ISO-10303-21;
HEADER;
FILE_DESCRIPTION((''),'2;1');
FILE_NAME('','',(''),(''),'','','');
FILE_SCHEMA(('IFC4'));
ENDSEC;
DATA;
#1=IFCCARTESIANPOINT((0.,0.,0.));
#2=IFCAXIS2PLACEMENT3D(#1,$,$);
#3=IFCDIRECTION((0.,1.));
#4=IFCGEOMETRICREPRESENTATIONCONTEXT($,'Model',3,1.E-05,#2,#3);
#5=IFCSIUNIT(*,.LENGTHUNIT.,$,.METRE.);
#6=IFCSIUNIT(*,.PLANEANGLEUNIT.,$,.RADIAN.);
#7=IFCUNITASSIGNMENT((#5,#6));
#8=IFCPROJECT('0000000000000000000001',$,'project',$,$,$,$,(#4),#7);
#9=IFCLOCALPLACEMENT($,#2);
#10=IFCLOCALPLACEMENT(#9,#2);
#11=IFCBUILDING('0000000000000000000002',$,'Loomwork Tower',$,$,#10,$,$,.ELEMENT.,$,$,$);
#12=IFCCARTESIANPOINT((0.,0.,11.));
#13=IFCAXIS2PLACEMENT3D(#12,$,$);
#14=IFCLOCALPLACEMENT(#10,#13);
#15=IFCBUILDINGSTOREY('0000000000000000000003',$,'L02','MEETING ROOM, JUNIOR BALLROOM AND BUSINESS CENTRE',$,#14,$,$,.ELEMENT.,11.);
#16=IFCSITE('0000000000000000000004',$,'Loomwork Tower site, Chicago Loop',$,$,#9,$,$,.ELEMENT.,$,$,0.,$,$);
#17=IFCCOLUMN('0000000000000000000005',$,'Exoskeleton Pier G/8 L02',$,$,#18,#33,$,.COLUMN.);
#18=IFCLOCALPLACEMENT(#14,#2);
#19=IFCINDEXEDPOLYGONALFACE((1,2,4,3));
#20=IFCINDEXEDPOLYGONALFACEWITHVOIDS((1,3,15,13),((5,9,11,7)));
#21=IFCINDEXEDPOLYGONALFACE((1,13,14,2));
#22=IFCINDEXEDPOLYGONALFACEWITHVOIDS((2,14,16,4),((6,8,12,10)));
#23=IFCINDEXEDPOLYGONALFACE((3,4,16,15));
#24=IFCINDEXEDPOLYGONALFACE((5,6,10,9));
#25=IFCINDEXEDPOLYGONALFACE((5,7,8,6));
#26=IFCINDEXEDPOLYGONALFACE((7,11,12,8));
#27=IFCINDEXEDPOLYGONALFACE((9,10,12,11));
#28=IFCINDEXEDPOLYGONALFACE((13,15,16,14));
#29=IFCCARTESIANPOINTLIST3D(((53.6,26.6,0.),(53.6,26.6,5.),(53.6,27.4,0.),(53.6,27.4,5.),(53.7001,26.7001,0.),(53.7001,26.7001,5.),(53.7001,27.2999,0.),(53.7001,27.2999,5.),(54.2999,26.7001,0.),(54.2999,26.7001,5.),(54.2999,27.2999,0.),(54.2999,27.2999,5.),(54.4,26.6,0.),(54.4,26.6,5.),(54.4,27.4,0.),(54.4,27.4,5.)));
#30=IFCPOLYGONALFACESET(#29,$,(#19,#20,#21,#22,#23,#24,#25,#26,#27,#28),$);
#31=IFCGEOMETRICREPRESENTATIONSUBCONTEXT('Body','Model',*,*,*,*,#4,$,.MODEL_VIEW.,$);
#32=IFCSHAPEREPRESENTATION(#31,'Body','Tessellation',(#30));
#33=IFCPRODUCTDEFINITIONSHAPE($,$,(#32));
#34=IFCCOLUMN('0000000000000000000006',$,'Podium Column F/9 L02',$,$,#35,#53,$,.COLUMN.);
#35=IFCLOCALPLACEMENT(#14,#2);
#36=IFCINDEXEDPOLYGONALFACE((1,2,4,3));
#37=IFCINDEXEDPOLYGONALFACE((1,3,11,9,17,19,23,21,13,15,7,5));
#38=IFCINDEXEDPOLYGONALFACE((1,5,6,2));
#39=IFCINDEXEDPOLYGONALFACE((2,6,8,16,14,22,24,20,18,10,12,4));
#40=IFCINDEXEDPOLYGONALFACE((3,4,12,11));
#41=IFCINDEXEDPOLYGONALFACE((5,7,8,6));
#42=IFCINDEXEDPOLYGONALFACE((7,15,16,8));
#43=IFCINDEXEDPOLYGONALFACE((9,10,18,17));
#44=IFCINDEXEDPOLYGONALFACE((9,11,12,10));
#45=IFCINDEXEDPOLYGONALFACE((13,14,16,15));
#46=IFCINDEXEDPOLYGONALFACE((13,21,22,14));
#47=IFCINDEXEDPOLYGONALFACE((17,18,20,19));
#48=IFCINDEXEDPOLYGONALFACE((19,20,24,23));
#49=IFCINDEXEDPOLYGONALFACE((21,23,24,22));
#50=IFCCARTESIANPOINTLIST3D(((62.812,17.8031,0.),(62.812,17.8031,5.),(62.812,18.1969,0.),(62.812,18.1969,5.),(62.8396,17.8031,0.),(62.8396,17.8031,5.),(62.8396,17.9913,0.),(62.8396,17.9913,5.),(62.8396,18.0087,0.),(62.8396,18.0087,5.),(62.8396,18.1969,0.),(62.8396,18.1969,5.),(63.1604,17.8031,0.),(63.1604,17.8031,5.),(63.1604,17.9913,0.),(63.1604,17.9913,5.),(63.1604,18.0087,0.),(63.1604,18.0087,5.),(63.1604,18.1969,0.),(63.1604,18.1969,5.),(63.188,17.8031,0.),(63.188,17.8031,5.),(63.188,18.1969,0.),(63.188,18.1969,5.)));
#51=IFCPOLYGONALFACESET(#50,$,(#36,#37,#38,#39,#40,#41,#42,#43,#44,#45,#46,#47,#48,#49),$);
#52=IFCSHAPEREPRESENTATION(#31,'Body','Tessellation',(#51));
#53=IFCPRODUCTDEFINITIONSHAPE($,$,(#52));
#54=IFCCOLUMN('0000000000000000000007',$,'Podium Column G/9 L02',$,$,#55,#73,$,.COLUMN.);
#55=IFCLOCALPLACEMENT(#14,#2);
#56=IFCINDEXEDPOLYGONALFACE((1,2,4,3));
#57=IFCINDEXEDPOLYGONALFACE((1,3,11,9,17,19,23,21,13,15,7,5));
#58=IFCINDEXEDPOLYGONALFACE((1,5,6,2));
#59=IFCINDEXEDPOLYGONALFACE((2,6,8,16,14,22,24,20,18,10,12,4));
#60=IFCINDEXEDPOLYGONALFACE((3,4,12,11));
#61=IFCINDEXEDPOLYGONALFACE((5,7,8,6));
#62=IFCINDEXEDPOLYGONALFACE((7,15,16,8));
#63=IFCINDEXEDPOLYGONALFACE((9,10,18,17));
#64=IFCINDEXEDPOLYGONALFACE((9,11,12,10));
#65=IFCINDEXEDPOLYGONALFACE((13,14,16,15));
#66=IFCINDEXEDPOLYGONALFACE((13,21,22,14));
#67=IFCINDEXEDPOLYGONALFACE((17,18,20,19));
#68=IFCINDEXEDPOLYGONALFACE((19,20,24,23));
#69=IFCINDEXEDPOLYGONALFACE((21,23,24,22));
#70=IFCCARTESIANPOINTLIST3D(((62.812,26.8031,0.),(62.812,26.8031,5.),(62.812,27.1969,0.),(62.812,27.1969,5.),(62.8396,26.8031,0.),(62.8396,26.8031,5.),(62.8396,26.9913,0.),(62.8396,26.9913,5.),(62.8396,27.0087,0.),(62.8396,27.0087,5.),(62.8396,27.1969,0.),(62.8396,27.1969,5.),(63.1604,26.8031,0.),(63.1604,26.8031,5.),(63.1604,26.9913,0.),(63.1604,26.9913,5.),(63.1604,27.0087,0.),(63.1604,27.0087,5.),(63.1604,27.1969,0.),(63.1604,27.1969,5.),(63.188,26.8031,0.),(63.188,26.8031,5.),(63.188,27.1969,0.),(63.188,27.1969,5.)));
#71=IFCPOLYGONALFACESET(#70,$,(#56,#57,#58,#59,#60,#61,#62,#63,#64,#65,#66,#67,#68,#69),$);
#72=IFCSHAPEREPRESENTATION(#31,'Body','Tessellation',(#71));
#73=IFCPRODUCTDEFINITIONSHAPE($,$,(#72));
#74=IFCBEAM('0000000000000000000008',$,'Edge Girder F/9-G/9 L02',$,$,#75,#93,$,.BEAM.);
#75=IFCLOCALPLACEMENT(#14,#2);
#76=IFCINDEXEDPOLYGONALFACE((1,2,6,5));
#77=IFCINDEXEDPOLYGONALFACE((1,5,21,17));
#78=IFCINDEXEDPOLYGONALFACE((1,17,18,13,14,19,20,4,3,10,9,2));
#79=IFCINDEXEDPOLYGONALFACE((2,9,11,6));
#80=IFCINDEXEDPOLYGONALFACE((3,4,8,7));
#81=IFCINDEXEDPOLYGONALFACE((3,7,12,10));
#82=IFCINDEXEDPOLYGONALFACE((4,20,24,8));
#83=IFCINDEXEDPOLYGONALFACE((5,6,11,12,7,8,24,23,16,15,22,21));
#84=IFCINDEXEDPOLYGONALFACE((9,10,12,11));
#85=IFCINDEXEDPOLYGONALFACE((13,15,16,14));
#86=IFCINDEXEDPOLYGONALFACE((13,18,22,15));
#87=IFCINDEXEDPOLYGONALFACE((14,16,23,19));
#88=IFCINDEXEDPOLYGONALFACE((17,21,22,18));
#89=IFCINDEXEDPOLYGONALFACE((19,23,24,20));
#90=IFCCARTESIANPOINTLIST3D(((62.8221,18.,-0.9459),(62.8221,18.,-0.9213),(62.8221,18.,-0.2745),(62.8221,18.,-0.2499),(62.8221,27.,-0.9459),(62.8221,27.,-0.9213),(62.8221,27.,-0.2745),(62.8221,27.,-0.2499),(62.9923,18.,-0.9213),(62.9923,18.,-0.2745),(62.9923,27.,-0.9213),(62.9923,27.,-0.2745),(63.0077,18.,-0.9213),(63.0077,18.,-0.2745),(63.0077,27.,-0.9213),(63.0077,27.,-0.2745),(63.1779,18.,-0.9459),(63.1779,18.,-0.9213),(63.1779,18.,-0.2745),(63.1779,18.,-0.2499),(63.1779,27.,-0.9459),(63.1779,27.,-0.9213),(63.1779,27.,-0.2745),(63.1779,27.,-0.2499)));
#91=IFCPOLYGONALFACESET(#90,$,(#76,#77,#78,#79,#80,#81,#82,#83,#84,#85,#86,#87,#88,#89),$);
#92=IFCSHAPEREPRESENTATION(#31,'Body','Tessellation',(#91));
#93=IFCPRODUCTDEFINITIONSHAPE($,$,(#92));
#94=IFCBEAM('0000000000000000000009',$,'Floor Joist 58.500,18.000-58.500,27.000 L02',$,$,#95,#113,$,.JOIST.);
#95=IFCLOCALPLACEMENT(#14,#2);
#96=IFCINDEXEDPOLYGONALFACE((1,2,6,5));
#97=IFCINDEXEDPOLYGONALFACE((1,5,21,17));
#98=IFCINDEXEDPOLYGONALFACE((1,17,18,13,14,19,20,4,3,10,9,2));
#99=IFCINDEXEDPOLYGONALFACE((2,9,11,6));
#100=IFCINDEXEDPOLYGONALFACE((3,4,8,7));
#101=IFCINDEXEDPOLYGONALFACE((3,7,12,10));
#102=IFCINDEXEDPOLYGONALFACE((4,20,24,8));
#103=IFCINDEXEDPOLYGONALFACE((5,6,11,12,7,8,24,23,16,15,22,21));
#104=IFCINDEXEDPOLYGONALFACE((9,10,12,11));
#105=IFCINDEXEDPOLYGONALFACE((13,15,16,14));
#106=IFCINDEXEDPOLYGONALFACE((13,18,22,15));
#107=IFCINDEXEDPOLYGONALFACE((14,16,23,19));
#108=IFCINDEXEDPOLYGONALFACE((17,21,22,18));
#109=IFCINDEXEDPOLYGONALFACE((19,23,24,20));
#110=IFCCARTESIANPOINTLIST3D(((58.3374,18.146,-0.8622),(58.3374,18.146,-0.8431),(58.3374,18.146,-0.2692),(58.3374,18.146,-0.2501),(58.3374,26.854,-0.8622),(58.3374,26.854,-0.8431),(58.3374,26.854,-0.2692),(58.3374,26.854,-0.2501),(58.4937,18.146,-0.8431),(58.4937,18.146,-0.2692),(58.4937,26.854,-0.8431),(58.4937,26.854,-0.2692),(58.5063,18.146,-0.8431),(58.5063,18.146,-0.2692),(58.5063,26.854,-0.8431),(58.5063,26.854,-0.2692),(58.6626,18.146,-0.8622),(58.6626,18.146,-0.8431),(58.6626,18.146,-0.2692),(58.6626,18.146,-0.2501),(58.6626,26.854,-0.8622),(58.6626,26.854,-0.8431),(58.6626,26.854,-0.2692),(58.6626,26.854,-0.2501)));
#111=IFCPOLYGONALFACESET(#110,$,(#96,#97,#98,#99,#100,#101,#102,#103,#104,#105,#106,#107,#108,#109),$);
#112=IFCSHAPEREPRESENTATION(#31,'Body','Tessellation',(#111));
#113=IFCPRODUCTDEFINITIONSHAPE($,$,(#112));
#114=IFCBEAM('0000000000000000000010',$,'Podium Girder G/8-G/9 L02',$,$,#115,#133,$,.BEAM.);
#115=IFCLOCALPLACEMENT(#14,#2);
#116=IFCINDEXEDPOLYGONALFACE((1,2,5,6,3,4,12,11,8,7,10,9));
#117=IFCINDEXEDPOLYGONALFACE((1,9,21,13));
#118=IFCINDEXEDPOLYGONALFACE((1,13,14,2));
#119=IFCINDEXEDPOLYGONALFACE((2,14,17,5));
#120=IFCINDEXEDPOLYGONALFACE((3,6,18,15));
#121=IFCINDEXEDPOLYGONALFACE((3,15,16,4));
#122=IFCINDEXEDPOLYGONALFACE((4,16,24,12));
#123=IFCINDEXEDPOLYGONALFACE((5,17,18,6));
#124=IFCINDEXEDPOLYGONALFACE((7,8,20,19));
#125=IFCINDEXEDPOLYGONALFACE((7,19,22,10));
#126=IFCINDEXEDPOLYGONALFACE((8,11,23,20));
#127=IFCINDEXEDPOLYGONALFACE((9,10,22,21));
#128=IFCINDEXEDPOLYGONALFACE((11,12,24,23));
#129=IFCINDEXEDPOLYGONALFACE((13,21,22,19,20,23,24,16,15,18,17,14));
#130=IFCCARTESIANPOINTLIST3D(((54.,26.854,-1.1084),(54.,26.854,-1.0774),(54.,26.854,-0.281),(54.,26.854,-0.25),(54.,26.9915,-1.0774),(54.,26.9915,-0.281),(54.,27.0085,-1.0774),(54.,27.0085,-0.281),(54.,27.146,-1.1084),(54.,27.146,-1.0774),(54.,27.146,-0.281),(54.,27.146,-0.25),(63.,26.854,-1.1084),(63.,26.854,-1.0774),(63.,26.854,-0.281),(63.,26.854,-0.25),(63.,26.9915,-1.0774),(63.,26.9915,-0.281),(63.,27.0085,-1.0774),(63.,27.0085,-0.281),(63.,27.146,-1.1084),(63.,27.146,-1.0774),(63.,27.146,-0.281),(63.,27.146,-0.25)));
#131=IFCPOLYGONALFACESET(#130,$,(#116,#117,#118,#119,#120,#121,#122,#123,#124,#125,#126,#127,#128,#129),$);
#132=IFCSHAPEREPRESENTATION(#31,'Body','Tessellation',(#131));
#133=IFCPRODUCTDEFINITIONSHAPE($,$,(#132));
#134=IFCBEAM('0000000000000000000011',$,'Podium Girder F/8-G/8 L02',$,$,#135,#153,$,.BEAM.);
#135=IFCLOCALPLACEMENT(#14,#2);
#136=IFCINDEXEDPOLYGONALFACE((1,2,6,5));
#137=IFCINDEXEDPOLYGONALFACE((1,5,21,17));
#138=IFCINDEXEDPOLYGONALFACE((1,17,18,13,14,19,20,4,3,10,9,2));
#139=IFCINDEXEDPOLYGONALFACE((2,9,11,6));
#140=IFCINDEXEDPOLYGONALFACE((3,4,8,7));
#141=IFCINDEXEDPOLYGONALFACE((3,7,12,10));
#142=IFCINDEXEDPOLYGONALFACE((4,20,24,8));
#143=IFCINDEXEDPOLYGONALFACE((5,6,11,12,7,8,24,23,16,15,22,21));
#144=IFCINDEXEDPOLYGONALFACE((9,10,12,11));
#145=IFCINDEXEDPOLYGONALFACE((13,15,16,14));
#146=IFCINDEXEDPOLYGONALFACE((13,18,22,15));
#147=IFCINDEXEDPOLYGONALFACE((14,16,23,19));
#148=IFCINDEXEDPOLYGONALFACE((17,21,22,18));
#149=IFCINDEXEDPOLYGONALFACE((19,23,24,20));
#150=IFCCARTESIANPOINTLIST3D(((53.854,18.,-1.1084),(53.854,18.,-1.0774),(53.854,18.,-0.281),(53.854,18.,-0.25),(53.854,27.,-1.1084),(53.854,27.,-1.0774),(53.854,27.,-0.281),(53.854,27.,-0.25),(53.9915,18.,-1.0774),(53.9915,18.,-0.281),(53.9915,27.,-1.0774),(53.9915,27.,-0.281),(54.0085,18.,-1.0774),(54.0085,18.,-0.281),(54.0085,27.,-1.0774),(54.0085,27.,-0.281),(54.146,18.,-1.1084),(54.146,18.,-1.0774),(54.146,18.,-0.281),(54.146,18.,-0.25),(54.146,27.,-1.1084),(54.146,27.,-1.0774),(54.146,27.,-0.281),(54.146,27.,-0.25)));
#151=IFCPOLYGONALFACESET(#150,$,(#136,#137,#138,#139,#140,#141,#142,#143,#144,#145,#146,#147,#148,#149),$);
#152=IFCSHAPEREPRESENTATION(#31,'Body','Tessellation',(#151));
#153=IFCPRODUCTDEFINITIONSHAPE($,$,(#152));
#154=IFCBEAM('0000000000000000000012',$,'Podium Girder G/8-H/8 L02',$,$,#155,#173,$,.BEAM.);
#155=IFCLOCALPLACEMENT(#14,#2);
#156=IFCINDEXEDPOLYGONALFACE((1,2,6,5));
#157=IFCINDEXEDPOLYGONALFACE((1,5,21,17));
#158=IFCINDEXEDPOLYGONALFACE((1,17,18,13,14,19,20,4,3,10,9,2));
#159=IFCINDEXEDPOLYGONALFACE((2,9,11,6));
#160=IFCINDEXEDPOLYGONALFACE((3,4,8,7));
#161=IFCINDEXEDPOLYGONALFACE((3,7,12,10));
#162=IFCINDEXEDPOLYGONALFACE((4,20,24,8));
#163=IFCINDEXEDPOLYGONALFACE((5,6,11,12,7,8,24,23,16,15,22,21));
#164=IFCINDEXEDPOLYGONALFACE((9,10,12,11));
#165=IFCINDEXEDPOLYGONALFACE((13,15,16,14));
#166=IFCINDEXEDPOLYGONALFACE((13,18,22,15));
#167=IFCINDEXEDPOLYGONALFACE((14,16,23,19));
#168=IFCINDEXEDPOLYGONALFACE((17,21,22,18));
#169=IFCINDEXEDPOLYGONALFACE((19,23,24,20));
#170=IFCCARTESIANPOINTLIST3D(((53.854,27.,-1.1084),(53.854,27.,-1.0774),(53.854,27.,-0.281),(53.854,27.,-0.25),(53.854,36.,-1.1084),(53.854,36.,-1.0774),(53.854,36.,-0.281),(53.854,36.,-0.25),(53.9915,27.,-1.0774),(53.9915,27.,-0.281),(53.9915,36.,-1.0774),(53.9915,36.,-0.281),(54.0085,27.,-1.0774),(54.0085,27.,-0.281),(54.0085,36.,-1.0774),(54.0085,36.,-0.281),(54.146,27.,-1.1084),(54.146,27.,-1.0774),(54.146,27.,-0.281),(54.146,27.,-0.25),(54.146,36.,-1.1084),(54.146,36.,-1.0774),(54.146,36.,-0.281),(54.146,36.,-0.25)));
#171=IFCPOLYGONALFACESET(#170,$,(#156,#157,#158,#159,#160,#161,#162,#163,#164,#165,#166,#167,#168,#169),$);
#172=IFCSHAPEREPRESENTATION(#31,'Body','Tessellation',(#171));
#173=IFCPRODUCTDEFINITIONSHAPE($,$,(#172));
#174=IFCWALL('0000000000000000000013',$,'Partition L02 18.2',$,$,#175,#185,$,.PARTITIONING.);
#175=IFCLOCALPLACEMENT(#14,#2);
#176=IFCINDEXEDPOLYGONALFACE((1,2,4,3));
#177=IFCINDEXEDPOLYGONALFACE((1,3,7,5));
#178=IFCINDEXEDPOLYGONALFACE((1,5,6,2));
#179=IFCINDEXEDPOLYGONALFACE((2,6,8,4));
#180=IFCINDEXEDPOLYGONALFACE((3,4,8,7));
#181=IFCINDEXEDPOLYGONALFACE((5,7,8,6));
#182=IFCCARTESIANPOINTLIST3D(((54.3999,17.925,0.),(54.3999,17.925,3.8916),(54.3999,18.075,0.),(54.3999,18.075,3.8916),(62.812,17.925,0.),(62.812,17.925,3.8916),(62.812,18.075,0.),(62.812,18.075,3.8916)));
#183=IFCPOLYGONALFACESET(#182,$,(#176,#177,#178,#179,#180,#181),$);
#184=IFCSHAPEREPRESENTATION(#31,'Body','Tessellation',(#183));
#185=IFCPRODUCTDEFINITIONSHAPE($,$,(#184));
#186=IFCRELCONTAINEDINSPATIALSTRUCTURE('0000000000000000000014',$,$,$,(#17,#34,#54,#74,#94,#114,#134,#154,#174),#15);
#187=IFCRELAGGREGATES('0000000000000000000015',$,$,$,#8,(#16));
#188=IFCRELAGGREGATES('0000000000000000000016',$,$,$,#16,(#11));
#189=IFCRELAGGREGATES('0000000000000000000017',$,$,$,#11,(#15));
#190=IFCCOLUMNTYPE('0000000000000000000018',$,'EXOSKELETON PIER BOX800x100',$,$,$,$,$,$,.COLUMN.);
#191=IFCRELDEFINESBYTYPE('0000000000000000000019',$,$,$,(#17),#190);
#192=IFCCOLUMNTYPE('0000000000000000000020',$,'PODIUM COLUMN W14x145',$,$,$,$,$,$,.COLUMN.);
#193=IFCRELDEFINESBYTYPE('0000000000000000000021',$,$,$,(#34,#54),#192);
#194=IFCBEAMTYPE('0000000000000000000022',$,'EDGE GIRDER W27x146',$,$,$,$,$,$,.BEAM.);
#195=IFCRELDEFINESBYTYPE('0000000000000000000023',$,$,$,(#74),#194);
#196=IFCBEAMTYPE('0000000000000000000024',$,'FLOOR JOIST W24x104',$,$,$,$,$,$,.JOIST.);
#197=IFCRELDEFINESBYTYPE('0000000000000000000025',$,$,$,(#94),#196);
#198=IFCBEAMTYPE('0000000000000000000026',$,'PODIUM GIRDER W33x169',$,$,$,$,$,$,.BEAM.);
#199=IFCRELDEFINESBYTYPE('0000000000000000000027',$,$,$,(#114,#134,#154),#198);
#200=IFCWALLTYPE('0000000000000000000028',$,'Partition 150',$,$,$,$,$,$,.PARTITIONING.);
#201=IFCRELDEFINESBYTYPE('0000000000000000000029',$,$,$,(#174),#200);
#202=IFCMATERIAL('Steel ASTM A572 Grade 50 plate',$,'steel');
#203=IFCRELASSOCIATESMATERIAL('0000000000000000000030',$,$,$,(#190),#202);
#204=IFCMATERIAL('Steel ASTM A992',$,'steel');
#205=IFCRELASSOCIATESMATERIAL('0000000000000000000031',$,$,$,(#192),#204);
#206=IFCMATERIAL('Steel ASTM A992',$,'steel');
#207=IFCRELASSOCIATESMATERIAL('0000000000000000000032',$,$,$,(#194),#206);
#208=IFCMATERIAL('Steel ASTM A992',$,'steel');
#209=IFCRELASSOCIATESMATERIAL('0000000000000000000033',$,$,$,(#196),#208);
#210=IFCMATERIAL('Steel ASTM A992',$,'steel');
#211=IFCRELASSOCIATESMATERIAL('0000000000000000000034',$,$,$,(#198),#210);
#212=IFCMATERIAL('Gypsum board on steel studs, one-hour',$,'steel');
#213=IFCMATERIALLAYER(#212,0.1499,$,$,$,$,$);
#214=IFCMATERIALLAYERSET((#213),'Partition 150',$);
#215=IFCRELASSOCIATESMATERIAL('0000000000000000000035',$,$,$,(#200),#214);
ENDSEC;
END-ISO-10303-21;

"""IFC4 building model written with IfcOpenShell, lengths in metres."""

from ifc_helpers import new_model, si_unit, direction, frame, frame_2d, origin, origin_2d, place, context, subcontext, project, spatial, rectangle, hollow_rectangle, i_section, extrude, material, layer, layer_set, material_profile, profile_set, type_object, element, save


model = new_model("IFC4")

# Units and contexts
model_context = context("Model", 3, precision=1e-05, world=origin(), true_north=direction((0.0, 1.0)))
body_context = subcontext(model_context, "Body", "Model", "MODEL_VIEW")
ifc_project = project(units=[si_unit("LENGTHUNIT", "METRE"), si_unit("PLANEANGLEUNIT", "RADIAN")], contexts=[model_context])

# Site, building, storey
site_placement = place(None, origin())
site = spatial("IfcSite", under=ifc_project, at=site_placement, Name="Loomwork Tower site, Chicago Loop", CompositionType="ELEMENT", RefElevation=0.0)
building_placement = place(site_placement, origin())
building = spatial("IfcBuilding", under=site, at=building_placement, Name="Loomwork Tower", CompositionType="ELEMENT")
storey_placement = place(building_placement, frame((0.0, 0.0, 11.0)))
storey = spatial("IfcBuildingStorey", under=building, at=storey_placement, Name="L02", Description="MEETING ROOM, JUNIOR BALLROOM AND BUSINESS CENTRE", CompositionType="ELEMENT", Elevation=11.0)

# Columns
ifc_material_1 = material(Name="Steel ASTM A572 Grade 50 plate", Category="steel")
ifc_material_profile_1 = material_profile(ifc_material_1, hollow_rectangle(XDim=0.8, YDim=0.8, WallThickness=0.1001, at=origin_2d()), Name="BOX800x100")
ifc_profile_set_1 = profile_set([ifc_material_profile_1], Name="Steel ASTM A572 Grade 50 plate")
column_type_1 = type_object("IfcColumnType", Name="EXOSKELETON PIER BOX800x100", PredefinedType="COLUMN", material=ifc_profile_set_1)
column_placement = place(storey_placement, frame((54.0, 27.0, 0.0), z_axis=(0.0, 0.0, 1.0), x_axis=(0.0, 1.0, 0.0)))
element("IfcColumn", 1, at=column_placement, inside=storey, type_object=column_type_1, Name="Exoskeleton Pier G/8 L02", PredefinedType="COLUMN", context=body_context, shape_type="SweptSolid", body=[
    extrude(hollow_rectangle(XDim=0.8, YDim=0.8, WallThickness=0.1001, at=origin_2d()), origin(), (0.0, 0.0, 1.0), 5.0),
])
ifc_material_2 = material(Name="Steel ASTM A992", Category="steel")
ifc_material_profile_2 = material_profile(ifc_material_2, i_section(OverallWidth=0.3938, OverallDepth=0.376, WebThickness=0.0173, FlangeThickness=0.0276, at=origin_2d()), Name="W14x145")
ifc_profile_set_2 = profile_set([ifc_material_profile_2], Name="Steel ASTM A992")
column_type_2 = type_object("IfcColumnType", Name="PODIUM COLUMN W14x145", PredefinedType="COLUMN", material=ifc_profile_set_2)
for number, where, z_axis, x_axis, name in (
    (2, (63.0, 18.0, 0.0), (0.0, 0.0, 1.0), (0.0, 1.0, 0.0), "Podium Column F/9 L02"),
    (3, (63.0, 27.0, 0.0), (0.0, 0.0, 1.0), (0.0, 1.0, 0.0), "Podium Column G/9 L02"),
):
    element("IfcColumn", number, at=place(storey_placement, frame(where, z_axis=z_axis, x_axis=x_axis)), inside=storey, type_object=column_type_2, Name=name, PredefinedType="COLUMN", context=body_context, shape_type="SweptSolid", body=[
        extrude(i_section(OverallWidth=0.3938, OverallDepth=0.376, WebThickness=0.0173, FlangeThickness=0.0276, at=origin_2d()), origin(), (0.0, 0.0, 1.0), 5.0),
    ])

# Beams
ifc_material_3 = material(Name="Steel ASTM A992", Category="steel")
ifc_material_profile_3 = material_profile(ifc_material_3, i_section(OverallWidth=0.3557, OverallDepth=0.696, WebThickness=0.0154, FlangeThickness=0.0247, at=origin_2d()), Name="W27x146")
ifc_profile_set_3 = profile_set([ifc_material_profile_3], Name="Steel ASTM A992")
beam_type_1 = type_object("IfcBeamType", Name="EDGE GIRDER W27x146", PredefinedType="BEAM", material=ifc_profile_set_3)
beam_1_placement = place(storey_placement, frame((63.0, 18.0, -0.5979), z_axis=(0.0, 1.0, 0.0), x_axis=(-1.0, 0.0, 0.0)))
element("IfcBeam", 4, at=beam_1_placement, inside=storey, type_object=beam_type_1, Name="Edge Girder F/9-G/9 L02", PredefinedType="BEAM", context=body_context, shape_type="SweptSolid", body=[
    extrude(i_section(OverallWidth=0.3557, OverallDepth=0.696, WebThickness=0.0154, FlangeThickness=0.0247, at=origin_2d()), origin(), (0.0, 0.0, 1.0), 9.0),
])
ifc_material_4 = material(Name="Steel ASTM A992", Category="steel")
ifc_material_profile_4 = material_profile(ifc_material_4, i_section(OverallWidth=0.3252, OverallDepth=0.6121, WebThickness=0.0127, FlangeThickness=0.019, at=origin_2d()), Name="W24x104")
ifc_profile_set_4 = profile_set([ifc_material_profile_4], Name="Steel ASTM A992")
beam_type_2 = type_object("IfcBeamType", Name="FLOOR JOIST W24x104", PredefinedType="JOIST", material=ifc_profile_set_4)
beam_2_placement = place(storey_placement, frame((58.5, 18.146, -0.5562), z_axis=(0.0, 1.0, 0.0), x_axis=(-1.0, 0.0, 0.0)))
element("IfcBeam", 5, at=beam_2_placement, inside=storey, type_object=beam_type_2, Name="Floor Joist 58.500,18.000-58.500,27.000 L02", PredefinedType="JOIST", context=body_context, shape_type="SweptSolid", body=[
    extrude(i_section(OverallWidth=0.3252, OverallDepth=0.6121, WebThickness=0.0127, FlangeThickness=0.019, at=origin_2d()), origin(), (0.0, 0.0, 1.0), 8.708),
])
ifc_material_5 = material(Name="Steel ASTM A992", Category="steel")
ifc_material_profile_5 = material_profile(ifc_material_5, i_section(OverallWidth=0.292, OverallDepth=0.8584, WebThickness=0.0171, FlangeThickness=0.031, at=origin_2d()), Name="W33x169")
ifc_profile_set_5 = profile_set([ifc_material_profile_5], Name="Steel ASTM A992")
beam_type_3 = type_object("IfcBeamType", Name="PODIUM GIRDER W33x169", PredefinedType="BEAM", material=ifc_profile_set_5)
for number, where, z_axis, x_axis, name in (
    (6, (54.0, 27.0, -0.6792), (1.0, 0.0, 0.0), (0.0, 1.0, 0.0), "Podium Girder G/8-G/9 L02"),
    (7, (54.0, 18.0, -0.6792), (0.0, 1.0, 0.0), (-1.0, 0.0, 0.0), "Podium Girder F/8-G/8 L02"),
    (8, (54.0, 27.0, -0.6792), (0.0, 1.0, 0.0), (-1.0, 0.0, 0.0), "Podium Girder G/8-H/8 L02"),
):
    element("IfcBeam", number, at=place(storey_placement, frame(where, z_axis=z_axis, x_axis=x_axis)), inside=storey, type_object=beam_type_3, Name=name, PredefinedType="BEAM", context=body_context, shape_type="SweptSolid", body=[
        extrude(i_section(OverallWidth=0.292, OverallDepth=0.8584, WebThickness=0.0171, FlangeThickness=0.031, at=origin_2d()), origin(), (0.0, 0.0, 1.0), 9.0),
    ])

# Wall
ifc_material_6 = material(Name="Gypsum board on steel studs, one-hour", Category="steel")
ifc_layer_1 = layer(ifc_material_6, 0.1499)
ifc_layer_set_1 = layer_set([ifc_layer_1], Name="Partition 150")
wall_type = type_object("IfcWallType", Name="Partition 150", PredefinedType="PARTITIONING", material=ifc_layer_set_1)
for number, where, z_axis, x_axis, name in (
    (9, (54.3999, 18.0, 0.0), (0.0, 0.0, 1.0), (1.0, 0.0, 0.0), "Partition L02 18.2"),
):
    element("IfcWall", number, at=place(storey_placement, frame(where, z_axis=z_axis, x_axis=x_axis)), inside=storey, type_object=wall_type, Name=name, PredefinedType="PARTITIONING", context=body_context, shape_type="SweptSolid", body=[
        extrude(rectangle(XDim=8.4121, YDim=0.1499, at=frame_2d((4.2061, 0.0))), origin(), (0.0, 0.0, 1.0), 3.8916),
    ])

save(model, "model.ifc")
